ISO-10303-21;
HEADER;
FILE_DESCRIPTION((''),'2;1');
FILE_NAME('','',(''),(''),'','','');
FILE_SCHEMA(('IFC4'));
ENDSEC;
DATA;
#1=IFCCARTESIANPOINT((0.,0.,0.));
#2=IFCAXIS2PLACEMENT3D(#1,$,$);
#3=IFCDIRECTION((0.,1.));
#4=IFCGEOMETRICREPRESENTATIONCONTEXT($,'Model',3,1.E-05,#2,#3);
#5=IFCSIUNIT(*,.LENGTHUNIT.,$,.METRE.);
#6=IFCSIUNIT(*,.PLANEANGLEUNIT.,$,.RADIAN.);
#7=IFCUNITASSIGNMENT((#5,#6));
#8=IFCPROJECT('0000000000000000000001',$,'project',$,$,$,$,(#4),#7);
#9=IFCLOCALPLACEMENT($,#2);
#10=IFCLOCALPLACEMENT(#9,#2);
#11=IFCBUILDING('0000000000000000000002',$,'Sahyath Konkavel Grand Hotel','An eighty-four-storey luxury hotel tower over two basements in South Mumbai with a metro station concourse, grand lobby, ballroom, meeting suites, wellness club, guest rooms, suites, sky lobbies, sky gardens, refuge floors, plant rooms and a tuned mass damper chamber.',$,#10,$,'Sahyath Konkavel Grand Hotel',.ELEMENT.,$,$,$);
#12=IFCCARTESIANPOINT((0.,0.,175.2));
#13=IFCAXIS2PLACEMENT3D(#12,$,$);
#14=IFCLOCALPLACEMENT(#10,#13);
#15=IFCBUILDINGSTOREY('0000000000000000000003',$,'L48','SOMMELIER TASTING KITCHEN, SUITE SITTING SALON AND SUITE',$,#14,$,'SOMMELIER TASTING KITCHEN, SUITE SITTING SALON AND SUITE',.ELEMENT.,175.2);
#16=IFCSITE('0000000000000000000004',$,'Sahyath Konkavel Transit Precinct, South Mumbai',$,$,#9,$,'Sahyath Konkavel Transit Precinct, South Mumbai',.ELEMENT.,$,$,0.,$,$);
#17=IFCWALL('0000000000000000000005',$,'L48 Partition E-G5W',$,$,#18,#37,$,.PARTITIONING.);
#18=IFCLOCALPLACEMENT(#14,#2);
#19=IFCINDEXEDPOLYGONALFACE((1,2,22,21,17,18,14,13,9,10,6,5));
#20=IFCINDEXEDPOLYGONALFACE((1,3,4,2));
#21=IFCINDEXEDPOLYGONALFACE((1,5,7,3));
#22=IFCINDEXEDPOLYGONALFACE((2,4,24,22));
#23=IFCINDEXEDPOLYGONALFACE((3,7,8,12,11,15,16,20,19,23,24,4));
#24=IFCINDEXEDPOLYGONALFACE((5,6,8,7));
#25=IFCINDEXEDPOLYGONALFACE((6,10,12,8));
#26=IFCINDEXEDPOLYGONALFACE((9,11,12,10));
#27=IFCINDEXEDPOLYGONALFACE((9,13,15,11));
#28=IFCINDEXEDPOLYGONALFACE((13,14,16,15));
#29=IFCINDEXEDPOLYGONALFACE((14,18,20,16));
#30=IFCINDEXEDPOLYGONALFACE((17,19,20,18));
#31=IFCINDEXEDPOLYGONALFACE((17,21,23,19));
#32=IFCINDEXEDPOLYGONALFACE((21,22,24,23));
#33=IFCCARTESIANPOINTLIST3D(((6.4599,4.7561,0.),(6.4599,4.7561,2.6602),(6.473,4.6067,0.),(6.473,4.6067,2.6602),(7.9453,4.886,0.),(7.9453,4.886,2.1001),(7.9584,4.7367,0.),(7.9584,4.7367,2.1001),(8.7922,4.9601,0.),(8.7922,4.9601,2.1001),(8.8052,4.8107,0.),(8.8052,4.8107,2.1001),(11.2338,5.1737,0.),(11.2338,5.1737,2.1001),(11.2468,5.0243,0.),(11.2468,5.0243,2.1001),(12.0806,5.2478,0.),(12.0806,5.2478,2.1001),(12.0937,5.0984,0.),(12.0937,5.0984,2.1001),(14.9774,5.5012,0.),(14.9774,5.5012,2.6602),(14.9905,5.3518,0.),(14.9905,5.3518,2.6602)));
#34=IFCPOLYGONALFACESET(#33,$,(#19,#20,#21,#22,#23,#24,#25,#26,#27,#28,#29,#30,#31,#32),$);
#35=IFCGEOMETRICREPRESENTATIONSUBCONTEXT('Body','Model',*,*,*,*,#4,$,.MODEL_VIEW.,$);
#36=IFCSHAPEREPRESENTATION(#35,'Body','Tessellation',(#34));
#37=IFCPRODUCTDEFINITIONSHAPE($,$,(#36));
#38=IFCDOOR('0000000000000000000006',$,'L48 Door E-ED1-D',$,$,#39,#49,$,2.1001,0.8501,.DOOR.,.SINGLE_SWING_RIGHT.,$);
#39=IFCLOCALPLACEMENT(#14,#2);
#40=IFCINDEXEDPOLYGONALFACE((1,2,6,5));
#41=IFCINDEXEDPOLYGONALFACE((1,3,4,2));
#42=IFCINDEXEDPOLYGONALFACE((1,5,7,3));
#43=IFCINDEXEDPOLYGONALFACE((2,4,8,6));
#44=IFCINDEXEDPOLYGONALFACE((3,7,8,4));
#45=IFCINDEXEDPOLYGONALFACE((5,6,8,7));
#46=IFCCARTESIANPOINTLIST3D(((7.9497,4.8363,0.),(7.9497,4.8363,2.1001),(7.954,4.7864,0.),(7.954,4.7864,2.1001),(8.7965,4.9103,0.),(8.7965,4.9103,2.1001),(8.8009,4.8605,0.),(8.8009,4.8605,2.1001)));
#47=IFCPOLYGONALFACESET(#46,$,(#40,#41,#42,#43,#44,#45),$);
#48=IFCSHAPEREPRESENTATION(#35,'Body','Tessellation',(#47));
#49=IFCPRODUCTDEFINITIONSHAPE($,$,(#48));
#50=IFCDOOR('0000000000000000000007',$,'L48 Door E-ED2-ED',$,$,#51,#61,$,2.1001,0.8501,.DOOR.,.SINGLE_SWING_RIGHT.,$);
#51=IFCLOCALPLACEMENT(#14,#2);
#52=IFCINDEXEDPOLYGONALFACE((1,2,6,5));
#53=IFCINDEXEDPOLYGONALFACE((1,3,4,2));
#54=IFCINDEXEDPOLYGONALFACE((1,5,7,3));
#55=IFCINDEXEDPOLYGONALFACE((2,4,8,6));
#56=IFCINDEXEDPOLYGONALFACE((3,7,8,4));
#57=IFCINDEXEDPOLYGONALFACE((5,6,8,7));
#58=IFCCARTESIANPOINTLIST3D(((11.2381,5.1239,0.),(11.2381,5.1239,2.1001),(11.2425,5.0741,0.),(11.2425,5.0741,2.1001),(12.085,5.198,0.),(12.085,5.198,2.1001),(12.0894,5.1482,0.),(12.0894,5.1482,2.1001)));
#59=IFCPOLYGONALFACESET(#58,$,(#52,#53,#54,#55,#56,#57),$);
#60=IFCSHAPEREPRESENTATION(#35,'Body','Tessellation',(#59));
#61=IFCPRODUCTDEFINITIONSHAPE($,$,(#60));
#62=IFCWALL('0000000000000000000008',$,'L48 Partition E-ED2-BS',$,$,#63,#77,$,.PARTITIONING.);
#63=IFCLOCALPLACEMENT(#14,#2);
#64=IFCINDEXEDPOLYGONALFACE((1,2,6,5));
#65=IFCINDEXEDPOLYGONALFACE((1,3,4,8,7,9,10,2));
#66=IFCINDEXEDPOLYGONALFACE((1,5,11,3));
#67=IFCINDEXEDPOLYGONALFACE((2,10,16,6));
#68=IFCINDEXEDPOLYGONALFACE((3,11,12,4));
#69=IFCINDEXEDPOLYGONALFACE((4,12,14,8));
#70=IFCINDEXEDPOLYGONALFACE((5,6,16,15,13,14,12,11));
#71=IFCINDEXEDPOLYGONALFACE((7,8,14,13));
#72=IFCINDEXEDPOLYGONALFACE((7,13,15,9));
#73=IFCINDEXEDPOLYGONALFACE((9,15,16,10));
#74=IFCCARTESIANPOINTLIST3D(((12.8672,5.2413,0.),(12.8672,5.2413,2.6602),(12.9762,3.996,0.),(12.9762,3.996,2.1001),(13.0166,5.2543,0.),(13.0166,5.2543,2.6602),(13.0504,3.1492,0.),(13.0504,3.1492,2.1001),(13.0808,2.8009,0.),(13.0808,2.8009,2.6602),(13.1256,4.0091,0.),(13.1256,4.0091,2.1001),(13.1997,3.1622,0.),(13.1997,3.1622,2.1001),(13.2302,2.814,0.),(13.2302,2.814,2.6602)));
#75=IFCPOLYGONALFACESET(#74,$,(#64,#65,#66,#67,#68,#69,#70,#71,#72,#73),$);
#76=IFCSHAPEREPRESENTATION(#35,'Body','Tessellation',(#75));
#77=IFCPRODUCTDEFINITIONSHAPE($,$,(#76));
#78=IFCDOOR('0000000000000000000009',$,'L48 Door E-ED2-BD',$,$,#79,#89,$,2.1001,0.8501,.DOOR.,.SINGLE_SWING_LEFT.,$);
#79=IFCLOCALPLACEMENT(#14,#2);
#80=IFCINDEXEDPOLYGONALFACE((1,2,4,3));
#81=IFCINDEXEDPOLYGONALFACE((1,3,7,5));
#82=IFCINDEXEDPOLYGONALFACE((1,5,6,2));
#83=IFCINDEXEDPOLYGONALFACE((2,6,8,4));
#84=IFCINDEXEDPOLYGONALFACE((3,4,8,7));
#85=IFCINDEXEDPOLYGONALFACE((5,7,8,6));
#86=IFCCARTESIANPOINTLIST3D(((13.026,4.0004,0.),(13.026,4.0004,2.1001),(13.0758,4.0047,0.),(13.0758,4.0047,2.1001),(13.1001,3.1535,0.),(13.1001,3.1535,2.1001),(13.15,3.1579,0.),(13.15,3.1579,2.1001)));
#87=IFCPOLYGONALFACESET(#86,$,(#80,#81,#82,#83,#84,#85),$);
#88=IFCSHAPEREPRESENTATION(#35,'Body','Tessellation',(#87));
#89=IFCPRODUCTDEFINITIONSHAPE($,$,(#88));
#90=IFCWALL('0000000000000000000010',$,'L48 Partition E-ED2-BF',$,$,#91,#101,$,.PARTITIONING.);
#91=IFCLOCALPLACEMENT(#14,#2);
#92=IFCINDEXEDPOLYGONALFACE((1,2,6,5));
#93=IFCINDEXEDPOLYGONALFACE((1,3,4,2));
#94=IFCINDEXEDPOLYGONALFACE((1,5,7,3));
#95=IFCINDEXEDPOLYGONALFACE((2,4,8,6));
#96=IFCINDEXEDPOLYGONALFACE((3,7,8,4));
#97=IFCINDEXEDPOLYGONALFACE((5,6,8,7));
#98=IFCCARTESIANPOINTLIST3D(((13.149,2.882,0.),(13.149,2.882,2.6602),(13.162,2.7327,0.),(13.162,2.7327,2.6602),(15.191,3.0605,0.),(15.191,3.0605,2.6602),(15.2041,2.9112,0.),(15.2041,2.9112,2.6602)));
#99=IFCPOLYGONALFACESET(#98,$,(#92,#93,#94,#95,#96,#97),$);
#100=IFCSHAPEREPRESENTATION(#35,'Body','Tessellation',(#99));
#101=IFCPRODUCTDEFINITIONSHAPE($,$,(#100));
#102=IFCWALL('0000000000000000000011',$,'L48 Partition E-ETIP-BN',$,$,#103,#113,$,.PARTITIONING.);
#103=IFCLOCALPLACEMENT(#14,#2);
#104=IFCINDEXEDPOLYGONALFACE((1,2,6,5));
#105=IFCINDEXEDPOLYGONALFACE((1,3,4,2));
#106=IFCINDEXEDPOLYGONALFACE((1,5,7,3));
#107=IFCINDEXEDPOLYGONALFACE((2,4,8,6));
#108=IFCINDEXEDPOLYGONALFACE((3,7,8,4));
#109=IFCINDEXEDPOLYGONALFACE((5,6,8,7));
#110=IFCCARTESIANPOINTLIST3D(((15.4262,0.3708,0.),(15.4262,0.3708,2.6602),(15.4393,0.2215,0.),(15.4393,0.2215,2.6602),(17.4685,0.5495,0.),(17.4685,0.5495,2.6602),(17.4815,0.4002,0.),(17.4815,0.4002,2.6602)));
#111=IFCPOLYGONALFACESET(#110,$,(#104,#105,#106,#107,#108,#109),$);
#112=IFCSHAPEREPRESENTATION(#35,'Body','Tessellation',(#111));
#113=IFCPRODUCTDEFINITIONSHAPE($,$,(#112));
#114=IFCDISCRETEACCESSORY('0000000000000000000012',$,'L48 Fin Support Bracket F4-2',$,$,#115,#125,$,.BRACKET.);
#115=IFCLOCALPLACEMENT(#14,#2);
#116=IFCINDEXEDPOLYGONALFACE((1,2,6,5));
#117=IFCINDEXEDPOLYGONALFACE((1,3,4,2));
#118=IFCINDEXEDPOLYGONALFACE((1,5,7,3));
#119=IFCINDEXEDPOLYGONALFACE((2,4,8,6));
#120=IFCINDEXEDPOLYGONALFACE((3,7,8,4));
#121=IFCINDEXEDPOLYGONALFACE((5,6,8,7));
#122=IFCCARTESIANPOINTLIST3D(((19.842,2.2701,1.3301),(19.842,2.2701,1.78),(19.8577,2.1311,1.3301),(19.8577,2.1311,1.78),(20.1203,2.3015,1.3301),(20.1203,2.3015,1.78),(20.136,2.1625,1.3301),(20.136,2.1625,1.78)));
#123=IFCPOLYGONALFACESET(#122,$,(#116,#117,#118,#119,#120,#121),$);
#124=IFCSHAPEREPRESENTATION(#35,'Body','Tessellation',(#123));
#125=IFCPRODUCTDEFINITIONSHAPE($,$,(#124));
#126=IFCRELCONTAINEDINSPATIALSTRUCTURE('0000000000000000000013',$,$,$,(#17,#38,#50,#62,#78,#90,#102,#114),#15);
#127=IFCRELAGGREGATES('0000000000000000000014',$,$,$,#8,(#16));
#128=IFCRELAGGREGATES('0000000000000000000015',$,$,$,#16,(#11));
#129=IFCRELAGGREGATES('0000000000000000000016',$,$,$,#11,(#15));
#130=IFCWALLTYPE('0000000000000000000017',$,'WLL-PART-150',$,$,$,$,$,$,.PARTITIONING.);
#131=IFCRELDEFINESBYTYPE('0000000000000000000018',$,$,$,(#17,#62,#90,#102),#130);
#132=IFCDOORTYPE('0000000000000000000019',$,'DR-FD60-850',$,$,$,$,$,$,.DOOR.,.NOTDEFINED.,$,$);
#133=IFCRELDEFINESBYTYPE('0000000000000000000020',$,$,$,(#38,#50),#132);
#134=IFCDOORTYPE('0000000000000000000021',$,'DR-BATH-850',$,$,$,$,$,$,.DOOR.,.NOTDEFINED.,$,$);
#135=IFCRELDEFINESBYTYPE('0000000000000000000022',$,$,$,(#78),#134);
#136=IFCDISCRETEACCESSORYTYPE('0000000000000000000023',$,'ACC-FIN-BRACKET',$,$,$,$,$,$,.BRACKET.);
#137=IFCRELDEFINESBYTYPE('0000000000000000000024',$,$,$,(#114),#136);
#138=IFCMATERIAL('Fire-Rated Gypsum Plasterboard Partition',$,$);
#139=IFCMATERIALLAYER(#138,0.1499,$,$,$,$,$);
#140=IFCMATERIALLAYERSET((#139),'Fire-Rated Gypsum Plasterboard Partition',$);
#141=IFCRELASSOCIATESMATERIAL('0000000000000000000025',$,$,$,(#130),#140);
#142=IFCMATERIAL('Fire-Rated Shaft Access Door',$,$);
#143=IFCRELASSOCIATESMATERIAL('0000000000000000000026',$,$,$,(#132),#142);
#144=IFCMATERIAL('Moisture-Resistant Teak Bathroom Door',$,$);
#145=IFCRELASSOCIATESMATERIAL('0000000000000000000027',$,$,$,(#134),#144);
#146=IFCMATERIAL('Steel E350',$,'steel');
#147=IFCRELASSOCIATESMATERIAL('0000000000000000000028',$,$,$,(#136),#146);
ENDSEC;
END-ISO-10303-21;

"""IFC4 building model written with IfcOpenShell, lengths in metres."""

from ifc_helpers import new_model, si_unit, direction, frame, frame_2d, origin, origin_2d, place, context, subcontext, project, spatial, rectangle, extrude, source, transform, mapped, material, layer, layer_set, type_object, element, fill, save


model = new_model("IFC4")

# Units and contexts
model_context = context("Model", 3, precision=1e-05, world=origin(), true_north=direction((0.0, 1.0)))
body_context = subcontext(model_context, "Body", "Model", "MODEL_VIEW")
ifc_project = project(units=[si_unit("LENGTHUNIT", "METRE"), si_unit("PLANEANGLEUNIT", "RADIAN")], contexts=[model_context])

# Site, building, storey
site_placement = place(None, origin())
site = spatial("IfcSite", under=ifc_project, at=site_placement, Name="Sahyath Konkavel Transit Precinct, South Mumbai", LongName="Sahyath Konkavel Transit Precinct, South Mumbai", CompositionType="ELEMENT", RefElevation=0.0)
building_placement = place(site_placement, origin())
building = spatial("IfcBuilding", under=site, at=building_placement, Name="Sahyath Konkavel Grand Hotel", Description="An eighty-four-storey luxury hotel tower over two basements in South Mumbai with a metro station concourse, grand lobby, ballroom, meeting suites, wellness club, guest rooms, suites, sky lobbies, sky gardens, refuge floors, plant rooms and a tuned mass damper chamber.", LongName="Sahyath Konkavel Grand Hotel", CompositionType="ELEMENT")
storey_placement = place(building_placement, frame((0.0, 0.0, 175.2)))
storey = spatial("IfcBuildingStorey", under=building, at=storey_placement, Name="L48", Description="SOMMELIER TASTING KITCHEN, SUITE SITTING SALON AND SUITE", LongName="SOMMELIER TASTING KITCHEN, SUITE SITTING SALON AND SUITE", CompositionType="ELEMENT", Elevation=175.2)

# Shared definitions
ifc_material_1 = material(Name="Steel E350", Category="steel")

# Wall, openings, doors
ifc_material_2 = material(Name="Fire-Rated Gypsum Plasterboard Partition")
ifc_layer_1 = layer(ifc_material_2, 0.1499)
ifc_layer_set_1 = layer_set([ifc_layer_1], Name="Fire-Rated Gypsum Plasterboard Partition")
wall_type_1 = type_object("IfcWallType", Name="WLL-PART-150", PredefinedType="PARTITIONING", material=ifc_layer_set_1)
wall_1_placement = place(storey_placement, frame((6.4666, 4.6814, 0.0), z_axis=(0.0, 0.0, 1.0), x_axis=(0.996195, 0.087147, 0.0)))
wall_1 = element("IfcWall", 1, at=wall_1_placement, inside=storey, type_object=wall_type_1, Name="L48 Partition E-G5W", PredefinedType="PARTITIONING", context=body_context, shape_type="SweptSolid", body=[
    extrude(rectangle(XDim=8.55, YDim=0.1499, at=frame_2d((4.2749, 0.0))), origin(), (0.0, 0.0, 1.0), 2.6602),
])
opening_1_placement = place(wall_1_placement, frame((1.491, 0.0, 0.0)))
opening_1 = element("IfcOpeningElement", 2, at=opening_1_placement, cuts=wall_1, PredefinedType="OPENING", context=body_context, shape_type="SweptSolid", body=[
    extrude(rectangle(XDim=0.8501, YDim=2.1001, at=frame_2d((0.425, 1.05))), frame((0.0, 0.085, 0.0), z_axis=(0.0, -1.0, 0.0), x_axis=(1.0, 0.0, 0.0)), (0.0, 0.0, 1.0), 0.1699),
])
opening_2_placement = place(wall_1_placement, frame((4.792, 0.0, 0.0)))
opening_2 = element("IfcOpeningElement", 3, at=opening_2_placement, cuts=wall_1, PredefinedType="OPENING", context=body_context, shape_type="SweptSolid", body=[
    extrude(rectangle(XDim=0.8501, YDim=2.1001, at=frame_2d((0.425, 1.05))), frame((0.0, 0.085, 0.0), z_axis=(0.0, -1.0, 0.0), x_axis=(1.0, 0.0, 0.0)), (0.0, 0.0, 1.0), 0.1699),
])
ifc_material_3 = material(Name="Fire-Rated Shaft Access Door")
door_type_1 = type_object("IfcDoorType", Name="DR-FD60-850", OperationType="NOTDEFINED", PredefinedType="DOOR", material=ifc_material_3)
shared_shape_1 = source(origin(), body_context, "Body", "SweptSolid", [
    extrude(rectangle(XDim=0.8501, YDim=0.05, at=origin_2d()), origin(), (0.0, 0.0, 1.0), 2.1001),
])
door_1_placement = place(opening_1_placement, frame((0.425, 0.0, 0.0)))
door_1 = element("IfcDoor", 4, at=door_1_placement, inside=storey, type_object=door_type_1, Name="L48 Door E-ED1-D", OperationType="SINGLE_SWING_RIGHT", OverallHeight=2.1001, OverallWidth=0.8501, PredefinedType="DOOR", context=body_context, shape_type="MappedRepresentation", body=[
    mapped(shared_shape_1, transform((0.0, 0.0, 0.0), scale=1.0)),
])
fill(opening_1, door_1)
door_2_placement = place(opening_2_placement, frame((0.425, 0.0, 0.0)))
door_2 = element("IfcDoor", 5, at=door_2_placement, inside=storey, type_object=door_type_1, Name="L48 Door E-ED2-ED", OperationType="SINGLE_SWING_RIGHT", OverallHeight=2.1001, OverallWidth=0.8501, PredefinedType="DOOR", context=body_context, shape_type="MappedRepresentation", body=[
    mapped(shared_shape_1, transform((0.0, 0.0, 0.0), scale=1.0)),
])
fill(opening_2, door_2)

# Wall, opening, door
wall_2_placement = place(storey_placement, frame((12.9419, 5.2478, 0.0), z_axis=(0.0, 0.0, 1.0), x_axis=(0.087202, -0.996191, 0.0)))
wall_2 = element("IfcWall", 6, at=wall_2_placement, inside=storey, type_object=wall_type_1, Name="L48 Partition E-ED2-BS", PredefinedType="PARTITIONING", context=body_context, shape_type="SweptSolid", body=[
    extrude(rectangle(XDim=2.4497, YDim=0.1499, at=frame_2d((1.2249, 0.0))), origin(), (0.0, 0.0, 1.0), 2.6602),
])
opening_3_placement = place(wall_2_placement, frame((1.25, 0.0, 0.0)))
opening_3 = element("IfcOpeningElement", 7, at=opening_3_placement, cuts=wall_2, PredefinedType="OPENING", context=body_context, shape_type="SweptSolid", body=[
    extrude(rectangle(XDim=0.8501, YDim=2.1001, at=frame_2d((0.425, 1.05))), frame((0.0, 0.085, 0.0), z_axis=(0.0, -1.0, 0.0), x_axis=(1.0, 0.0, 0.0)), (0.0, 0.0, 1.0), 0.1699),
])
ifc_material_4 = material(Name="Moisture-Resistant Teak Bathroom Door")
door_type_2 = type_object("IfcDoorType", Name="DR-BATH-850", OperationType="NOTDEFINED", PredefinedType="DOOR", material=ifc_material_4)
door_3_placement = place(opening_3_placement, frame((0.425, 0.0, 0.0)))
door_3 = element("IfcDoor", 8, at=door_3_placement, inside=storey, type_object=door_type_2, Name="L48 Door E-ED2-BD", OperationType="SINGLE_SWING_LEFT", OverallHeight=2.1001, OverallWidth=0.8501, PredefinedType="DOOR", context=body_context, shape_type="MappedRepresentation", body=[
    mapped(shared_shape_1, transform((0.0, 0.0, 0.0), scale=1.0)),
])
fill(opening_3, door_3)

# Walls
wall_3_placement = place(storey_placement, frame((13.1555, 2.8074, 0.0), z_axis=(0.0, 0.0, 1.0), x_axis=(0.996203, 0.087066, 0.0)))
element("IfcWall", 9, at=wall_3_placement, inside=storey, type_object=wall_type_1, Name="L48 Partition E-ED2-BF", PredefinedType="PARTITIONING", context=body_context, shape_type="SweptSolid", body=[
    extrude(rectangle(XDim=2.0498, YDim=0.1499, at=frame_2d((1.0249, 0.0))), origin(), (0.0, 0.0, 1.0), 2.6602),
])
wall_4_placement = place(storey_placement, frame((15.4329, 0.2961, 0.0), z_axis=(0.0, 0.0, 1.0), x_axis=(0.996193, 0.087174, 0.0)))
element("IfcWall", 10, at=wall_4_placement, inside=storey, type_object=wall_type_1, Name="L48 Partition E-ETIP-BN", PredefinedType="PARTITIONING", context=body_context, shape_type="SweptSolid", body=[
    extrude(rectangle(XDim=2.05, YDim=0.1499, at=frame_2d((1.0249, 0.0))), origin(), (0.0, 0.0, 1.0), 2.6602),
])

# Discrete accessory
discrete_accessory_type = type_object("IfcDiscreteAccessoryType", Name="ACC-FIN-BRACKET", PredefinedType="BRACKET", material=ifc_material_1)
shared_shape_2 = source(origin(), body_context, "Body", "SweptSolid", [
    extrude(rectangle(XDim=0.28, YDim=0.1399, at=origin_2d()), origin(), (0.0, 0.0, 1.0), 0.45),
])
discrete_accessory_placement = place(storey_placement, frame((19.989, 2.2163, 1.3301), z_axis=(0.0, 0.0, 1.0), x_axis=(0.993709, 0.111989, 0.0)))
element("IfcDiscreteAccessory", 11, at=discrete_accessory_placement, inside=storey, type_object=discrete_accessory_type, Name="L48 Fin Support Bracket F4-2", PredefinedType="BRACKET", context=body_context, shape_type="MappedRepresentation", body=[
    mapped(shared_shape_2, transform((0.0, 0.0, 0.0), scale=1.0)),
])

save(model, "model.ifc")
